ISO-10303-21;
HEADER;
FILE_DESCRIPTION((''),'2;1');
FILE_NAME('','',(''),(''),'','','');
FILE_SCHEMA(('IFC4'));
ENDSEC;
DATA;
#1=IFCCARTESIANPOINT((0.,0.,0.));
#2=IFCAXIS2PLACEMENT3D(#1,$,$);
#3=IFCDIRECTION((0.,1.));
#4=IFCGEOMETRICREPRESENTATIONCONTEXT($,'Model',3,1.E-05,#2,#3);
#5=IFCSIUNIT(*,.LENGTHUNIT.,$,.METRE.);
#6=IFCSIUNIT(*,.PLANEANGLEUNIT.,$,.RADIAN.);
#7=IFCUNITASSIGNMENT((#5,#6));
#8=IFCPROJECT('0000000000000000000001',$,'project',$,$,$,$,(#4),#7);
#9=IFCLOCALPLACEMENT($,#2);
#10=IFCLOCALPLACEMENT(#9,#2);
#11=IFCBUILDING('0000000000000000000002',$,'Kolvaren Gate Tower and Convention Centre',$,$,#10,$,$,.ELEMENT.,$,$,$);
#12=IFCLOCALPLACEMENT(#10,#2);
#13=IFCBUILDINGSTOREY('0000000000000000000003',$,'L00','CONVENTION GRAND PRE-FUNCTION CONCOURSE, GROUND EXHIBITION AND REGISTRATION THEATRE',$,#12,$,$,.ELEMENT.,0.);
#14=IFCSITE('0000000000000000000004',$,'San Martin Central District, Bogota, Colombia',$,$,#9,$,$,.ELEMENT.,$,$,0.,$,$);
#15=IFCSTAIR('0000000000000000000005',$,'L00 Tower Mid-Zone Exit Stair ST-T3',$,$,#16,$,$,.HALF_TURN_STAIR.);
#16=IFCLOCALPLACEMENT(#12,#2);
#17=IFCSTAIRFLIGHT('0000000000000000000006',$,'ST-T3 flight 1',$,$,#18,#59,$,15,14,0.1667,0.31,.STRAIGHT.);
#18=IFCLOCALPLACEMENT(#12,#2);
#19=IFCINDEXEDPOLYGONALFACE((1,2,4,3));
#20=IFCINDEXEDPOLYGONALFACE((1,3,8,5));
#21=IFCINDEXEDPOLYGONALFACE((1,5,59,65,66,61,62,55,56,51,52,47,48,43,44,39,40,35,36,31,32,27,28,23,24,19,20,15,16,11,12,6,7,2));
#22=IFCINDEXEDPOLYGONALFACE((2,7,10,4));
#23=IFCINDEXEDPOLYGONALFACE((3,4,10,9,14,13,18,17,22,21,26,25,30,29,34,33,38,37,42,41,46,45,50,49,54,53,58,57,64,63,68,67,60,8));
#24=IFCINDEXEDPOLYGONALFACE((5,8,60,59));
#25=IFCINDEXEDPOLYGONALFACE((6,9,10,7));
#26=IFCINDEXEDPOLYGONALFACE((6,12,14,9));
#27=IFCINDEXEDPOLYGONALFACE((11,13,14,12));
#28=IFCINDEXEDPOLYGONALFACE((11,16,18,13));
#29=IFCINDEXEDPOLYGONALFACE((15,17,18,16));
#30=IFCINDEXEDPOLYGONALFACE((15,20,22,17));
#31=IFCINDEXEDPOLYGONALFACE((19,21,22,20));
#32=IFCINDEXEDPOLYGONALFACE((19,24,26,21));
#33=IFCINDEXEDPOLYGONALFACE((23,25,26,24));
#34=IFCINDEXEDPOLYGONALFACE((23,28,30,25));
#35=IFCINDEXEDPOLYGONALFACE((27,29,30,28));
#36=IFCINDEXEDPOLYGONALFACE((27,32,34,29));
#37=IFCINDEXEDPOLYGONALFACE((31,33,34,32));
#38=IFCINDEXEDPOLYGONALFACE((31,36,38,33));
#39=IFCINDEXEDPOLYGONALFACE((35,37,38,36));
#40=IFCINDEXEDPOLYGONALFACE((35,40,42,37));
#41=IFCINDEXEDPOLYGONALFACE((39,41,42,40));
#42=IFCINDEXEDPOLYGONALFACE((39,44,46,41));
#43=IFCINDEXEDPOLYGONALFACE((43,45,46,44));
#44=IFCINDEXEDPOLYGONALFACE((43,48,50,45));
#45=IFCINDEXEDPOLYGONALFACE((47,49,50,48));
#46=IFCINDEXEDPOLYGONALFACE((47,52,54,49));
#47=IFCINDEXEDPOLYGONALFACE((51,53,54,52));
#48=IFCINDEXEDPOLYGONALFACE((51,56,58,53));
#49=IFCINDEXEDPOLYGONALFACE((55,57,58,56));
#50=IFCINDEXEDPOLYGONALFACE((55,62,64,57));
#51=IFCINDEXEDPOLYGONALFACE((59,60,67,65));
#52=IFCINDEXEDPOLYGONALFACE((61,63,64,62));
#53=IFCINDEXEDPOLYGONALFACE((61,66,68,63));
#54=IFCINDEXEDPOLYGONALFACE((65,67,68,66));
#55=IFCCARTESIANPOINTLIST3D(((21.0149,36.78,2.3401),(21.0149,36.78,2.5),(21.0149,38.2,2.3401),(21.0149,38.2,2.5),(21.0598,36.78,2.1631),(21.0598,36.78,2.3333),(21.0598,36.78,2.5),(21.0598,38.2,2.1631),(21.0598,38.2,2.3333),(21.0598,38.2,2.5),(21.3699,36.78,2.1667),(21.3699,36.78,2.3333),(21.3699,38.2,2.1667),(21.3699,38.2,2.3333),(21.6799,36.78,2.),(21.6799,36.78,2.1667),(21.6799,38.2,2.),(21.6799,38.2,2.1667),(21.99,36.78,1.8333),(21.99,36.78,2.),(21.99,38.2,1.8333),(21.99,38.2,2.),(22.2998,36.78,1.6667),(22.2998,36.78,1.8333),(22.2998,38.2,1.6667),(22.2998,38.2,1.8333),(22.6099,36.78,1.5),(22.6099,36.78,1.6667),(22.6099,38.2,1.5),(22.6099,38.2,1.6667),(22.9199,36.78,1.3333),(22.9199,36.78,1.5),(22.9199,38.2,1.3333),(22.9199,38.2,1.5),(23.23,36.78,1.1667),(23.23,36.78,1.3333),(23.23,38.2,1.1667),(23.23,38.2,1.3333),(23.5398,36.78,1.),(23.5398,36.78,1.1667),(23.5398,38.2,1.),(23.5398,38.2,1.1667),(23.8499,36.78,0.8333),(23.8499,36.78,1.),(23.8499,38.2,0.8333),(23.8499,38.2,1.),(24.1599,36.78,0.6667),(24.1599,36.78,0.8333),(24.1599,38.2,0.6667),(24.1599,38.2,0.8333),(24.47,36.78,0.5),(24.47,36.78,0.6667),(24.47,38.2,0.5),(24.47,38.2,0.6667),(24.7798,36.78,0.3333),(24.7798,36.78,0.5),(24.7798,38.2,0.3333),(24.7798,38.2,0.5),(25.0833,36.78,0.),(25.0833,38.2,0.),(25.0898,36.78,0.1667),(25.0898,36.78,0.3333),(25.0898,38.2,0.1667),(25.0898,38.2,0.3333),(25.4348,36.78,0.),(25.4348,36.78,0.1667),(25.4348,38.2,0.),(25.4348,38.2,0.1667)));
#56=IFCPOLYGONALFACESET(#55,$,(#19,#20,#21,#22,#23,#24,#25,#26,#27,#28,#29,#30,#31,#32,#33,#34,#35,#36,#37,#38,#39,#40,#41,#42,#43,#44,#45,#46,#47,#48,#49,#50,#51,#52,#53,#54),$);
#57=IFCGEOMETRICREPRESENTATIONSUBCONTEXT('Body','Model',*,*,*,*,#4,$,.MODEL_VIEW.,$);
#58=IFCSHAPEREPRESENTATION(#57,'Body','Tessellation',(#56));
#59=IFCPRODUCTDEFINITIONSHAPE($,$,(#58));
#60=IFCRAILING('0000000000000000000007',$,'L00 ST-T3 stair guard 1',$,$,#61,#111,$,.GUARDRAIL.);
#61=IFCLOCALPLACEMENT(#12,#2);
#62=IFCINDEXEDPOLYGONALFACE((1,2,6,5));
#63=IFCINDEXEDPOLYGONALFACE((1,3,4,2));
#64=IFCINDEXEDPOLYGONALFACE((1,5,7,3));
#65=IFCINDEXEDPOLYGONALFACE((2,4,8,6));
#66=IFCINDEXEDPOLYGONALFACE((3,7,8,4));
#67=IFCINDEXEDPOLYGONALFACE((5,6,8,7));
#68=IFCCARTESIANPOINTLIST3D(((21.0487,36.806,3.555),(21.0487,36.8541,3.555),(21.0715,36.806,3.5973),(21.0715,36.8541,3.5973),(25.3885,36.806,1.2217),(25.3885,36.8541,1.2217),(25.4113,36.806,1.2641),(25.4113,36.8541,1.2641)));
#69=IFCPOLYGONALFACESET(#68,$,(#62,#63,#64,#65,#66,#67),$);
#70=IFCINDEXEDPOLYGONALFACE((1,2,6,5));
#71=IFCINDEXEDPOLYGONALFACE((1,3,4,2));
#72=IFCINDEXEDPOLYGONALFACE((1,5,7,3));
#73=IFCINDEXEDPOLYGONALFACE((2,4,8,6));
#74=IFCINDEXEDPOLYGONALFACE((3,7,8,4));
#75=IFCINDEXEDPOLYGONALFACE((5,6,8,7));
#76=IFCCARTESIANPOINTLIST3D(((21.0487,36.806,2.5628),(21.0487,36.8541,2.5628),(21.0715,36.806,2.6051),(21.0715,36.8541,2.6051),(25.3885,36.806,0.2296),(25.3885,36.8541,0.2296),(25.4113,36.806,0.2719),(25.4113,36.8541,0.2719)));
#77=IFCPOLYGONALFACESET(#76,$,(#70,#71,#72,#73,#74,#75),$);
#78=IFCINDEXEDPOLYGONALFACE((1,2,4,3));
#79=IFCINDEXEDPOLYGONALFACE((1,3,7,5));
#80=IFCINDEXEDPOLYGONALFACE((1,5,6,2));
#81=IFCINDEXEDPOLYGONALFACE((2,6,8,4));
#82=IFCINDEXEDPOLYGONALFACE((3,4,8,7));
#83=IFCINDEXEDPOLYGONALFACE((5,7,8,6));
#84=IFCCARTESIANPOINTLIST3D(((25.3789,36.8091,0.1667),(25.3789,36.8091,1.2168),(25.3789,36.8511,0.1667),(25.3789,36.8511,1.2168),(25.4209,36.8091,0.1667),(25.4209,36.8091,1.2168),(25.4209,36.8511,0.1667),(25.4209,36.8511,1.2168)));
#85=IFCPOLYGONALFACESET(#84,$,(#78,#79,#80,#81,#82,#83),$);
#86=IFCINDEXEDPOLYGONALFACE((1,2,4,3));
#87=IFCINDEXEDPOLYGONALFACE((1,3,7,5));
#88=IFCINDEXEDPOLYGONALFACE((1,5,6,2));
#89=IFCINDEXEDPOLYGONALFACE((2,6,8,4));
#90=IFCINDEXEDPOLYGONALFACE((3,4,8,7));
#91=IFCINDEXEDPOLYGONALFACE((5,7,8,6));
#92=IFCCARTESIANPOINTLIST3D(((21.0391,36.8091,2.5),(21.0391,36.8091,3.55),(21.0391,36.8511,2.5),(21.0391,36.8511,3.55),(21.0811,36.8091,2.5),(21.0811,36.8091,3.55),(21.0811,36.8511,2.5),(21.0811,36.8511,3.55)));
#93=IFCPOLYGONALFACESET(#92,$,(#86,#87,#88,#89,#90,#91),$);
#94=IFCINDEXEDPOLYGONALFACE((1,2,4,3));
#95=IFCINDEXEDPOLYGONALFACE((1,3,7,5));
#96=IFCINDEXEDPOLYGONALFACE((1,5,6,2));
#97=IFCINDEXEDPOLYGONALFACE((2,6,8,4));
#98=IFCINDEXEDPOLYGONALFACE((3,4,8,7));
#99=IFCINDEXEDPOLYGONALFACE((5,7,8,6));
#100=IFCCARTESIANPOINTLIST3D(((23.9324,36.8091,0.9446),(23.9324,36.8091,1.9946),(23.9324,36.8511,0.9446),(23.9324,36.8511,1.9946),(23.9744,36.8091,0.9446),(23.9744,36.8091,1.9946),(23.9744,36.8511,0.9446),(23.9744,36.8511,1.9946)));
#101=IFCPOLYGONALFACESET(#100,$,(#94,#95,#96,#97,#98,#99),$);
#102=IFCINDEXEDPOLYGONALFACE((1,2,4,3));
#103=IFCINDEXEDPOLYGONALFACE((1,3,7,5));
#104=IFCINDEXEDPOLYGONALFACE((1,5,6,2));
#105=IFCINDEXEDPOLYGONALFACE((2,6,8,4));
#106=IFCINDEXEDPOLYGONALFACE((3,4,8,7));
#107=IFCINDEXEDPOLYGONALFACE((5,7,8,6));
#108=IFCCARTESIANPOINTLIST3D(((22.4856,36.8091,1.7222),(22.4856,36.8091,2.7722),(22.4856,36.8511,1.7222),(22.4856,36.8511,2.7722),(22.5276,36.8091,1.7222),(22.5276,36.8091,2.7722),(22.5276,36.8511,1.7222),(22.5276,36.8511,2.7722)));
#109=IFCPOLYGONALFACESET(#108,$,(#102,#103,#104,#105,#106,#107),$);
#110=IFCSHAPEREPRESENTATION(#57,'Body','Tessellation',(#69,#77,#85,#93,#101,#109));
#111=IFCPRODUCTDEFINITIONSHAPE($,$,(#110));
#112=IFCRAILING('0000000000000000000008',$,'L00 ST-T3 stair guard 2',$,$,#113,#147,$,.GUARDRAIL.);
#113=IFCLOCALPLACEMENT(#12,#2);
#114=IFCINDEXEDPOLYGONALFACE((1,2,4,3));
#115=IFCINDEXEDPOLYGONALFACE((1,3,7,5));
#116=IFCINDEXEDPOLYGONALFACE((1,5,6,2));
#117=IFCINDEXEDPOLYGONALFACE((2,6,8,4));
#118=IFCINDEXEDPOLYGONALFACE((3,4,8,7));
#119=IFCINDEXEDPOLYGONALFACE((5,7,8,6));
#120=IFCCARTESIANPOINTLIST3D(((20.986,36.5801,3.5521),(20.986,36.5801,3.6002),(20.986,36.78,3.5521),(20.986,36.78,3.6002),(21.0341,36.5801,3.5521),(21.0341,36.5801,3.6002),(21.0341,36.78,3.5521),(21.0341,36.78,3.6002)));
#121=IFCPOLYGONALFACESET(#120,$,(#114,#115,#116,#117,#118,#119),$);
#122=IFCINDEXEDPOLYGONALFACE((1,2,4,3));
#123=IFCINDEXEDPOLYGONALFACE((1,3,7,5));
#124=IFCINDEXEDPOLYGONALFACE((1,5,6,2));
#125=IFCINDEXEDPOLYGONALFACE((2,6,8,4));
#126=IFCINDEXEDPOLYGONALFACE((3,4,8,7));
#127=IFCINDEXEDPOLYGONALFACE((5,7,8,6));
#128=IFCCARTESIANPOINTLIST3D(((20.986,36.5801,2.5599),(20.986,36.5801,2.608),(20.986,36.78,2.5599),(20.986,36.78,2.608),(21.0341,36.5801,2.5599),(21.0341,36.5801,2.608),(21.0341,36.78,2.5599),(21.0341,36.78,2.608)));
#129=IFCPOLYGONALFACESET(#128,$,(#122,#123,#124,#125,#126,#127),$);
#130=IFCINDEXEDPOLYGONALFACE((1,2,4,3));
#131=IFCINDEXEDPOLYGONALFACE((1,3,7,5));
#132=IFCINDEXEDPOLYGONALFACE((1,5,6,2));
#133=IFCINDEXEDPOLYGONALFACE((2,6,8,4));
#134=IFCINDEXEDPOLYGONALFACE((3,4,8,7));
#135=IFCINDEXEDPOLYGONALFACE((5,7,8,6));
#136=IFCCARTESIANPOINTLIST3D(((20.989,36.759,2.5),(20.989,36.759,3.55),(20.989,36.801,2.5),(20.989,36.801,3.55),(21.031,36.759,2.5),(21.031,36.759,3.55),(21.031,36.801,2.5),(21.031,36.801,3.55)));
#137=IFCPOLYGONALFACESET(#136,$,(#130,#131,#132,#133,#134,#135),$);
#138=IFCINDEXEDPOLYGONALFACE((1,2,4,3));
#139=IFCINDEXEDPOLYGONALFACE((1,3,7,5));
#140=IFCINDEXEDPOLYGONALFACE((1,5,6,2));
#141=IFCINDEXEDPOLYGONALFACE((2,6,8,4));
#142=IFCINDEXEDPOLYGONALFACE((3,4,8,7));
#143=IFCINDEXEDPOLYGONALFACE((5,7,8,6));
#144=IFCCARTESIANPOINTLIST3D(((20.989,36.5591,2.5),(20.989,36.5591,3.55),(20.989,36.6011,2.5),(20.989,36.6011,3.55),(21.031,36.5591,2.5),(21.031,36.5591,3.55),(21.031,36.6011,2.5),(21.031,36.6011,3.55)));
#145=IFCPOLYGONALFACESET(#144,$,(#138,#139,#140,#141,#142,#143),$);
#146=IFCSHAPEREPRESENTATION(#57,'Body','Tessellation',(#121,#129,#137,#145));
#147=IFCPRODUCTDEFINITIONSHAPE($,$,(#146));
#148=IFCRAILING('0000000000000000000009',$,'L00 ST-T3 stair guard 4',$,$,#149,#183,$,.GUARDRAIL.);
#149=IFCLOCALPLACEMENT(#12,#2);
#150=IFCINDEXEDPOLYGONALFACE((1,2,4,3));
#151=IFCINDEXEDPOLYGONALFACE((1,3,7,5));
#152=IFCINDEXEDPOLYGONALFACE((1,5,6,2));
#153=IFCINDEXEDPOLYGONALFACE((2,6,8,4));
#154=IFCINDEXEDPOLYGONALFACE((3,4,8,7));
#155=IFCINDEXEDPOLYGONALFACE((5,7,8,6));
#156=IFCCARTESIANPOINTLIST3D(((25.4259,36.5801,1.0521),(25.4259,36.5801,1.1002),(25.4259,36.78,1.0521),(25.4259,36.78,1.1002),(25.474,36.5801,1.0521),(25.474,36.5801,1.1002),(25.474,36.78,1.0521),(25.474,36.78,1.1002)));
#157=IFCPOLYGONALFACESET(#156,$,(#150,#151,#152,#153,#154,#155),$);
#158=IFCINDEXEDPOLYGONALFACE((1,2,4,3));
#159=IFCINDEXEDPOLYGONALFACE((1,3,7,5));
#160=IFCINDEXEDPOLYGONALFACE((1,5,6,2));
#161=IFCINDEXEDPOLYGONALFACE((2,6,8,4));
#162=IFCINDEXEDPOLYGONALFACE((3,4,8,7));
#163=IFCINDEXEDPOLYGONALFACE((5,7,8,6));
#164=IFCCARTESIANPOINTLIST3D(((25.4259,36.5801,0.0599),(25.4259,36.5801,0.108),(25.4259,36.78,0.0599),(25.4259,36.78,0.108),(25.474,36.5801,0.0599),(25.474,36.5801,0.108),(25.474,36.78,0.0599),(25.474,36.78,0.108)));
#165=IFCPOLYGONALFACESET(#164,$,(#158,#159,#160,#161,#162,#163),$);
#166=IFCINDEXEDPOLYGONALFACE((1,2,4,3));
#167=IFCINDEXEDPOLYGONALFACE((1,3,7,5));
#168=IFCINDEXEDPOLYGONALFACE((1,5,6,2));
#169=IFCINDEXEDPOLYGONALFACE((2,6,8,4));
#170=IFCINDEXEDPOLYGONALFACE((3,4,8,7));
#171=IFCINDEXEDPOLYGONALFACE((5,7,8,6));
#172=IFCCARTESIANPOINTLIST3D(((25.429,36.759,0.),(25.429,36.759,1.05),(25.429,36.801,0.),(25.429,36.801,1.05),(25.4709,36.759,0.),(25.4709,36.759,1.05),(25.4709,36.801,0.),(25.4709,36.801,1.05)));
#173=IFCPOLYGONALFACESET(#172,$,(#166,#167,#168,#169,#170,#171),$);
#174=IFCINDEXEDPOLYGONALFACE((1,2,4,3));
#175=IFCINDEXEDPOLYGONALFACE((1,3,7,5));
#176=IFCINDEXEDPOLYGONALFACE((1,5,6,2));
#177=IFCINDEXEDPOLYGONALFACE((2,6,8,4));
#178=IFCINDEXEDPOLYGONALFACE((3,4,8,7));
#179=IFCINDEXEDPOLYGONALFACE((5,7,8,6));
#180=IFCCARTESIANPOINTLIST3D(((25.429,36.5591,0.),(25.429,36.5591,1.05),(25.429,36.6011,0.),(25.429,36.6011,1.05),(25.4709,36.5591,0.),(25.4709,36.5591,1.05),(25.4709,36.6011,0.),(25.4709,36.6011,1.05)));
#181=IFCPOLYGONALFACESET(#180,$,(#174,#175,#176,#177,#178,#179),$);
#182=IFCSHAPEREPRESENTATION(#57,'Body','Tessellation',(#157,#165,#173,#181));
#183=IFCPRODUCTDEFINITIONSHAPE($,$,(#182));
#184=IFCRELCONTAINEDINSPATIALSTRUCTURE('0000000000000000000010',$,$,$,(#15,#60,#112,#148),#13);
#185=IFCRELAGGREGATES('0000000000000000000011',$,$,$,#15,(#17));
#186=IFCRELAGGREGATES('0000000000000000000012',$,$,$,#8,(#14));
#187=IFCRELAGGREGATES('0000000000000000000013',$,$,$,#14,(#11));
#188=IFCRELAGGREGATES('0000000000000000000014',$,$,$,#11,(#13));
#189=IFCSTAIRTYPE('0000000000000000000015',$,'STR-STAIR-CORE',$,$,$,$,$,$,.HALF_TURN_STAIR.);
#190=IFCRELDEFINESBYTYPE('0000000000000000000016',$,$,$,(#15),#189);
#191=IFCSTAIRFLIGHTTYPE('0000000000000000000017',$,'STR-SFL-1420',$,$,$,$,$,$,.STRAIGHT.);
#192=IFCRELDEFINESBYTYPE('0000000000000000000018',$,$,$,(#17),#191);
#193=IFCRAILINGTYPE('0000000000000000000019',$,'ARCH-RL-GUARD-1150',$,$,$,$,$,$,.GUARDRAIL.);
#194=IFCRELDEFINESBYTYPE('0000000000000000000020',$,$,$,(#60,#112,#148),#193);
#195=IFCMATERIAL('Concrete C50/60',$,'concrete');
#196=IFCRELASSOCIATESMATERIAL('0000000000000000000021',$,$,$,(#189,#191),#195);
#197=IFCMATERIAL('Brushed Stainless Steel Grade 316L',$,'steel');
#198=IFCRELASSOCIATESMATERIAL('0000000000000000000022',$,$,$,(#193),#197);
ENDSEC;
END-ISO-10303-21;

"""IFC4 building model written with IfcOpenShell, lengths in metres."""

from ifc_helpers import new_model, si_unit, direction, frame, origin, origin_2d, place, context, subcontext, project, spatial, polyline, rectangle, outline, extrude, material, type_object, element, aggregate, save


model = new_model("IFC4")

# Units and contexts
model_context = context("Model", 3, precision=1e-05, world=origin(), true_north=direction((0.0, 1.0)))
body_context = subcontext(model_context, "Body", "Model", "MODEL_VIEW")
ifc_project = project(units=[si_unit("LENGTHUNIT", "METRE"), si_unit("PLANEANGLEUNIT", "RADIAN")], contexts=[model_context])

# Site, building, storey
site_placement = place(None, origin())
site = spatial("IfcSite", under=ifc_project, at=site_placement, Name="San Martin Central District, Bogota, Colombia", CompositionType="ELEMENT", RefElevation=0.0)
building_placement = place(site_placement, origin())
building = spatial("IfcBuilding", under=site, at=building_placement, Name="Kolvaren Gate Tower and Convention Centre", CompositionType="ELEMENT")
storey_placement = place(building_placement, origin())
storey = spatial("IfcBuildingStorey", under=building, at=storey_placement, Name="L00", Description="CONVENTION GRAND PRE-FUNCTION CONCOURSE, GROUND EXHIBITION AND REGISTRATION THEATRE", CompositionType="ELEMENT", Elevation=0.0)

# Shared definitions
ifc_material_1 = material(Name="Concrete C50/60", Category="concrete")

# Stair, stair flight
stair_type = type_object("IfcStairType", Name="STR-STAIR-CORE", PredefinedType="HALF_TURN_STAIR", material=ifc_material_1)
stair_placement = place(storey_placement, origin())
stair = element("IfcStair", 1, at=stair_placement, inside=storey, type_object=stair_type, Name="L00 Tower Mid-Zone Exit Stair ST-T3", PredefinedType="HALF_TURN_STAIR")
stair_flight_type = type_object("IfcStairFlightType", Name="STR-SFL-1420", PredefinedType="STRAIGHT", material=ifc_material_1)
stair_flight_placement = place(storey_placement, frame((25.3999, 37.49, 0.0), z_axis=(0.0, 0.0, 1.0), x_axis=(-1.0, 0.0, 0.0)))
stair_flight = element("IfcStairFlight", 2, at=stair_flight_placement, type_object=stair_flight_type, Name="ST-T3 flight 1", NumberOfRisers=15, NumberOfTreads=14, PredefinedType="STRAIGHT", RiserHeight=0.1667, TreadLength=0.31, context=body_context, shape_type="SweptSolid", body=[
    extrude(outline(polyline([(-0.0349, 0.0), (-0.0349, 0.1667), (0.3101, 0.1667), (0.3101, 0.3333), (0.6201, 0.3333), (0.6201, 0.5), (0.9299, 0.5), (0.9299, 0.6667), (1.24, 0.6667), (1.24, 0.8333), (1.55, 0.8333), (1.55, 1.0), (1.8601, 1.0), (1.8601, 1.1667), (2.1699, 1.1667), (2.1699, 1.3333), (2.48, 1.3333), (2.48, 1.5), (2.79, 1.5), (2.79, 1.6667), (3.1001, 1.6667), (3.1001, 1.8333), (3.4099, 1.8333), (3.4099, 2.0), (3.72, 2.0), (3.72, 2.1667), (4.03, 2.1667), (4.03, 2.3333), (4.3401, 2.3333), (4.3401, 2.5), (4.385, 2.5), (4.385, 2.3401), (4.3401, 2.1631), (0.3167, 0.0), (-0.0349, 0.0)])), frame((0.0, 0.71, 0.0), z_axis=(0.0, -1.0, 0.0), x_axis=(1.0, 0.0, 0.0)), (0.0, 0.0, 1.0), 1.4199),
])
aggregate(stair, [stair_flight])

# Railings
ifc_material_2 = material(Name="Brushed Stainless Steel Grade 316L", Category="steel")
railing_type_1 = type_object("IfcRailingType", Name="ARCH-RL-GUARD-1150", PredefinedType="GUARDRAIL", material=ifc_material_2)
railing_1_placement = place(storey_placement, frame((25.3999, 36.8301, 0.1667)))
element("IfcRailing", 3, at=railing_1_placement, inside=storey, type_object=railing_type_1, Name="L00 ST-T3 stair guard 1", PredefinedType="GUARDRAIL", context=body_context, shape_type="SweptSolid", body=[
    extrude(rectangle(XDim=0.0481, YDim=0.0481, at=origin_2d()), frame((0.0, 0.0, 1.0762), z_axis=(-0.880775, 0.0, 0.473535), x_axis=(0.0, -1.0, 0.0)), (0.0, 0.0, 1.0), 4.9272),
    extrude(rectangle(XDim=0.0481, YDim=0.0481, at=origin_2d()), frame((0.0, 0.0, 0.084), z_axis=(-0.880775, 0.0, 0.473535), x_axis=(0.0, -1.0, 0.0)), (0.0, 0.0, 1.0), 4.9272),
    extrude(rectangle(XDim=0.042, YDim=0.042, at=origin_2d()), origin(), (0.0, 0.0, 1.0), 1.05),
    extrude(rectangle(XDim=0.042, YDim=0.042, at=origin_2d()), frame((-4.3398, 0.0, 2.3333)), (0.0, 0.0, 1.0), 1.05),
    extrude(rectangle(XDim=0.042, YDim=0.042, at=origin_2d()), frame((-1.4465, 0.0, 0.7778)), (0.0, 0.0, 1.0), 1.05),
    extrude(rectangle(XDim=0.042, YDim=0.042, at=origin_2d()), frame((-2.8933, 0.0, 1.5554)), (0.0, 0.0, 1.0), 1.05),
])
for number, where, name in (
    (4, (21.01, 36.78, 2.5), "L00 ST-T3 stair guard 2"),
    (5, (25.45, 36.78, 0.0), "L00 ST-T3 stair guard 4"),
):
    element("IfcRailing", number, at=place(storey_placement, frame(where)), inside=storey, type_object=railing_type_1, Name=name, PredefinedType="GUARDRAIL", context=body_context, shape_type="SweptSolid", body=[
        extrude(rectangle(XDim=0.0481, YDim=0.0481, at=origin_2d()), frame((0.0, 0.0, 1.0762), z_axis=(0.0, -1.0, 0.0), x_axis=(1.0, 0.0, 0.0)), (0.0, 0.0, 1.0), 0.2),
        extrude(rectangle(XDim=0.0481, YDim=0.0481, at=origin_2d()), frame((0.0, 0.0, 0.084), z_axis=(0.0, -1.0, 0.0), x_axis=(1.0, 0.0, 0.0)), (0.0, 0.0, 1.0), 0.2),
        extrude(rectangle(XDim=0.042, YDim=0.042, at=origin_2d()), origin(), (0.0, 0.0, 1.0), 1.05),
        extrude(rectangle(XDim=0.042, YDim=0.042, at=origin_2d()), frame((0.0, -0.2, 0.0)), (0.0, 0.0, 1.0), 1.05),
    ])

save(model, "model.ifc")
